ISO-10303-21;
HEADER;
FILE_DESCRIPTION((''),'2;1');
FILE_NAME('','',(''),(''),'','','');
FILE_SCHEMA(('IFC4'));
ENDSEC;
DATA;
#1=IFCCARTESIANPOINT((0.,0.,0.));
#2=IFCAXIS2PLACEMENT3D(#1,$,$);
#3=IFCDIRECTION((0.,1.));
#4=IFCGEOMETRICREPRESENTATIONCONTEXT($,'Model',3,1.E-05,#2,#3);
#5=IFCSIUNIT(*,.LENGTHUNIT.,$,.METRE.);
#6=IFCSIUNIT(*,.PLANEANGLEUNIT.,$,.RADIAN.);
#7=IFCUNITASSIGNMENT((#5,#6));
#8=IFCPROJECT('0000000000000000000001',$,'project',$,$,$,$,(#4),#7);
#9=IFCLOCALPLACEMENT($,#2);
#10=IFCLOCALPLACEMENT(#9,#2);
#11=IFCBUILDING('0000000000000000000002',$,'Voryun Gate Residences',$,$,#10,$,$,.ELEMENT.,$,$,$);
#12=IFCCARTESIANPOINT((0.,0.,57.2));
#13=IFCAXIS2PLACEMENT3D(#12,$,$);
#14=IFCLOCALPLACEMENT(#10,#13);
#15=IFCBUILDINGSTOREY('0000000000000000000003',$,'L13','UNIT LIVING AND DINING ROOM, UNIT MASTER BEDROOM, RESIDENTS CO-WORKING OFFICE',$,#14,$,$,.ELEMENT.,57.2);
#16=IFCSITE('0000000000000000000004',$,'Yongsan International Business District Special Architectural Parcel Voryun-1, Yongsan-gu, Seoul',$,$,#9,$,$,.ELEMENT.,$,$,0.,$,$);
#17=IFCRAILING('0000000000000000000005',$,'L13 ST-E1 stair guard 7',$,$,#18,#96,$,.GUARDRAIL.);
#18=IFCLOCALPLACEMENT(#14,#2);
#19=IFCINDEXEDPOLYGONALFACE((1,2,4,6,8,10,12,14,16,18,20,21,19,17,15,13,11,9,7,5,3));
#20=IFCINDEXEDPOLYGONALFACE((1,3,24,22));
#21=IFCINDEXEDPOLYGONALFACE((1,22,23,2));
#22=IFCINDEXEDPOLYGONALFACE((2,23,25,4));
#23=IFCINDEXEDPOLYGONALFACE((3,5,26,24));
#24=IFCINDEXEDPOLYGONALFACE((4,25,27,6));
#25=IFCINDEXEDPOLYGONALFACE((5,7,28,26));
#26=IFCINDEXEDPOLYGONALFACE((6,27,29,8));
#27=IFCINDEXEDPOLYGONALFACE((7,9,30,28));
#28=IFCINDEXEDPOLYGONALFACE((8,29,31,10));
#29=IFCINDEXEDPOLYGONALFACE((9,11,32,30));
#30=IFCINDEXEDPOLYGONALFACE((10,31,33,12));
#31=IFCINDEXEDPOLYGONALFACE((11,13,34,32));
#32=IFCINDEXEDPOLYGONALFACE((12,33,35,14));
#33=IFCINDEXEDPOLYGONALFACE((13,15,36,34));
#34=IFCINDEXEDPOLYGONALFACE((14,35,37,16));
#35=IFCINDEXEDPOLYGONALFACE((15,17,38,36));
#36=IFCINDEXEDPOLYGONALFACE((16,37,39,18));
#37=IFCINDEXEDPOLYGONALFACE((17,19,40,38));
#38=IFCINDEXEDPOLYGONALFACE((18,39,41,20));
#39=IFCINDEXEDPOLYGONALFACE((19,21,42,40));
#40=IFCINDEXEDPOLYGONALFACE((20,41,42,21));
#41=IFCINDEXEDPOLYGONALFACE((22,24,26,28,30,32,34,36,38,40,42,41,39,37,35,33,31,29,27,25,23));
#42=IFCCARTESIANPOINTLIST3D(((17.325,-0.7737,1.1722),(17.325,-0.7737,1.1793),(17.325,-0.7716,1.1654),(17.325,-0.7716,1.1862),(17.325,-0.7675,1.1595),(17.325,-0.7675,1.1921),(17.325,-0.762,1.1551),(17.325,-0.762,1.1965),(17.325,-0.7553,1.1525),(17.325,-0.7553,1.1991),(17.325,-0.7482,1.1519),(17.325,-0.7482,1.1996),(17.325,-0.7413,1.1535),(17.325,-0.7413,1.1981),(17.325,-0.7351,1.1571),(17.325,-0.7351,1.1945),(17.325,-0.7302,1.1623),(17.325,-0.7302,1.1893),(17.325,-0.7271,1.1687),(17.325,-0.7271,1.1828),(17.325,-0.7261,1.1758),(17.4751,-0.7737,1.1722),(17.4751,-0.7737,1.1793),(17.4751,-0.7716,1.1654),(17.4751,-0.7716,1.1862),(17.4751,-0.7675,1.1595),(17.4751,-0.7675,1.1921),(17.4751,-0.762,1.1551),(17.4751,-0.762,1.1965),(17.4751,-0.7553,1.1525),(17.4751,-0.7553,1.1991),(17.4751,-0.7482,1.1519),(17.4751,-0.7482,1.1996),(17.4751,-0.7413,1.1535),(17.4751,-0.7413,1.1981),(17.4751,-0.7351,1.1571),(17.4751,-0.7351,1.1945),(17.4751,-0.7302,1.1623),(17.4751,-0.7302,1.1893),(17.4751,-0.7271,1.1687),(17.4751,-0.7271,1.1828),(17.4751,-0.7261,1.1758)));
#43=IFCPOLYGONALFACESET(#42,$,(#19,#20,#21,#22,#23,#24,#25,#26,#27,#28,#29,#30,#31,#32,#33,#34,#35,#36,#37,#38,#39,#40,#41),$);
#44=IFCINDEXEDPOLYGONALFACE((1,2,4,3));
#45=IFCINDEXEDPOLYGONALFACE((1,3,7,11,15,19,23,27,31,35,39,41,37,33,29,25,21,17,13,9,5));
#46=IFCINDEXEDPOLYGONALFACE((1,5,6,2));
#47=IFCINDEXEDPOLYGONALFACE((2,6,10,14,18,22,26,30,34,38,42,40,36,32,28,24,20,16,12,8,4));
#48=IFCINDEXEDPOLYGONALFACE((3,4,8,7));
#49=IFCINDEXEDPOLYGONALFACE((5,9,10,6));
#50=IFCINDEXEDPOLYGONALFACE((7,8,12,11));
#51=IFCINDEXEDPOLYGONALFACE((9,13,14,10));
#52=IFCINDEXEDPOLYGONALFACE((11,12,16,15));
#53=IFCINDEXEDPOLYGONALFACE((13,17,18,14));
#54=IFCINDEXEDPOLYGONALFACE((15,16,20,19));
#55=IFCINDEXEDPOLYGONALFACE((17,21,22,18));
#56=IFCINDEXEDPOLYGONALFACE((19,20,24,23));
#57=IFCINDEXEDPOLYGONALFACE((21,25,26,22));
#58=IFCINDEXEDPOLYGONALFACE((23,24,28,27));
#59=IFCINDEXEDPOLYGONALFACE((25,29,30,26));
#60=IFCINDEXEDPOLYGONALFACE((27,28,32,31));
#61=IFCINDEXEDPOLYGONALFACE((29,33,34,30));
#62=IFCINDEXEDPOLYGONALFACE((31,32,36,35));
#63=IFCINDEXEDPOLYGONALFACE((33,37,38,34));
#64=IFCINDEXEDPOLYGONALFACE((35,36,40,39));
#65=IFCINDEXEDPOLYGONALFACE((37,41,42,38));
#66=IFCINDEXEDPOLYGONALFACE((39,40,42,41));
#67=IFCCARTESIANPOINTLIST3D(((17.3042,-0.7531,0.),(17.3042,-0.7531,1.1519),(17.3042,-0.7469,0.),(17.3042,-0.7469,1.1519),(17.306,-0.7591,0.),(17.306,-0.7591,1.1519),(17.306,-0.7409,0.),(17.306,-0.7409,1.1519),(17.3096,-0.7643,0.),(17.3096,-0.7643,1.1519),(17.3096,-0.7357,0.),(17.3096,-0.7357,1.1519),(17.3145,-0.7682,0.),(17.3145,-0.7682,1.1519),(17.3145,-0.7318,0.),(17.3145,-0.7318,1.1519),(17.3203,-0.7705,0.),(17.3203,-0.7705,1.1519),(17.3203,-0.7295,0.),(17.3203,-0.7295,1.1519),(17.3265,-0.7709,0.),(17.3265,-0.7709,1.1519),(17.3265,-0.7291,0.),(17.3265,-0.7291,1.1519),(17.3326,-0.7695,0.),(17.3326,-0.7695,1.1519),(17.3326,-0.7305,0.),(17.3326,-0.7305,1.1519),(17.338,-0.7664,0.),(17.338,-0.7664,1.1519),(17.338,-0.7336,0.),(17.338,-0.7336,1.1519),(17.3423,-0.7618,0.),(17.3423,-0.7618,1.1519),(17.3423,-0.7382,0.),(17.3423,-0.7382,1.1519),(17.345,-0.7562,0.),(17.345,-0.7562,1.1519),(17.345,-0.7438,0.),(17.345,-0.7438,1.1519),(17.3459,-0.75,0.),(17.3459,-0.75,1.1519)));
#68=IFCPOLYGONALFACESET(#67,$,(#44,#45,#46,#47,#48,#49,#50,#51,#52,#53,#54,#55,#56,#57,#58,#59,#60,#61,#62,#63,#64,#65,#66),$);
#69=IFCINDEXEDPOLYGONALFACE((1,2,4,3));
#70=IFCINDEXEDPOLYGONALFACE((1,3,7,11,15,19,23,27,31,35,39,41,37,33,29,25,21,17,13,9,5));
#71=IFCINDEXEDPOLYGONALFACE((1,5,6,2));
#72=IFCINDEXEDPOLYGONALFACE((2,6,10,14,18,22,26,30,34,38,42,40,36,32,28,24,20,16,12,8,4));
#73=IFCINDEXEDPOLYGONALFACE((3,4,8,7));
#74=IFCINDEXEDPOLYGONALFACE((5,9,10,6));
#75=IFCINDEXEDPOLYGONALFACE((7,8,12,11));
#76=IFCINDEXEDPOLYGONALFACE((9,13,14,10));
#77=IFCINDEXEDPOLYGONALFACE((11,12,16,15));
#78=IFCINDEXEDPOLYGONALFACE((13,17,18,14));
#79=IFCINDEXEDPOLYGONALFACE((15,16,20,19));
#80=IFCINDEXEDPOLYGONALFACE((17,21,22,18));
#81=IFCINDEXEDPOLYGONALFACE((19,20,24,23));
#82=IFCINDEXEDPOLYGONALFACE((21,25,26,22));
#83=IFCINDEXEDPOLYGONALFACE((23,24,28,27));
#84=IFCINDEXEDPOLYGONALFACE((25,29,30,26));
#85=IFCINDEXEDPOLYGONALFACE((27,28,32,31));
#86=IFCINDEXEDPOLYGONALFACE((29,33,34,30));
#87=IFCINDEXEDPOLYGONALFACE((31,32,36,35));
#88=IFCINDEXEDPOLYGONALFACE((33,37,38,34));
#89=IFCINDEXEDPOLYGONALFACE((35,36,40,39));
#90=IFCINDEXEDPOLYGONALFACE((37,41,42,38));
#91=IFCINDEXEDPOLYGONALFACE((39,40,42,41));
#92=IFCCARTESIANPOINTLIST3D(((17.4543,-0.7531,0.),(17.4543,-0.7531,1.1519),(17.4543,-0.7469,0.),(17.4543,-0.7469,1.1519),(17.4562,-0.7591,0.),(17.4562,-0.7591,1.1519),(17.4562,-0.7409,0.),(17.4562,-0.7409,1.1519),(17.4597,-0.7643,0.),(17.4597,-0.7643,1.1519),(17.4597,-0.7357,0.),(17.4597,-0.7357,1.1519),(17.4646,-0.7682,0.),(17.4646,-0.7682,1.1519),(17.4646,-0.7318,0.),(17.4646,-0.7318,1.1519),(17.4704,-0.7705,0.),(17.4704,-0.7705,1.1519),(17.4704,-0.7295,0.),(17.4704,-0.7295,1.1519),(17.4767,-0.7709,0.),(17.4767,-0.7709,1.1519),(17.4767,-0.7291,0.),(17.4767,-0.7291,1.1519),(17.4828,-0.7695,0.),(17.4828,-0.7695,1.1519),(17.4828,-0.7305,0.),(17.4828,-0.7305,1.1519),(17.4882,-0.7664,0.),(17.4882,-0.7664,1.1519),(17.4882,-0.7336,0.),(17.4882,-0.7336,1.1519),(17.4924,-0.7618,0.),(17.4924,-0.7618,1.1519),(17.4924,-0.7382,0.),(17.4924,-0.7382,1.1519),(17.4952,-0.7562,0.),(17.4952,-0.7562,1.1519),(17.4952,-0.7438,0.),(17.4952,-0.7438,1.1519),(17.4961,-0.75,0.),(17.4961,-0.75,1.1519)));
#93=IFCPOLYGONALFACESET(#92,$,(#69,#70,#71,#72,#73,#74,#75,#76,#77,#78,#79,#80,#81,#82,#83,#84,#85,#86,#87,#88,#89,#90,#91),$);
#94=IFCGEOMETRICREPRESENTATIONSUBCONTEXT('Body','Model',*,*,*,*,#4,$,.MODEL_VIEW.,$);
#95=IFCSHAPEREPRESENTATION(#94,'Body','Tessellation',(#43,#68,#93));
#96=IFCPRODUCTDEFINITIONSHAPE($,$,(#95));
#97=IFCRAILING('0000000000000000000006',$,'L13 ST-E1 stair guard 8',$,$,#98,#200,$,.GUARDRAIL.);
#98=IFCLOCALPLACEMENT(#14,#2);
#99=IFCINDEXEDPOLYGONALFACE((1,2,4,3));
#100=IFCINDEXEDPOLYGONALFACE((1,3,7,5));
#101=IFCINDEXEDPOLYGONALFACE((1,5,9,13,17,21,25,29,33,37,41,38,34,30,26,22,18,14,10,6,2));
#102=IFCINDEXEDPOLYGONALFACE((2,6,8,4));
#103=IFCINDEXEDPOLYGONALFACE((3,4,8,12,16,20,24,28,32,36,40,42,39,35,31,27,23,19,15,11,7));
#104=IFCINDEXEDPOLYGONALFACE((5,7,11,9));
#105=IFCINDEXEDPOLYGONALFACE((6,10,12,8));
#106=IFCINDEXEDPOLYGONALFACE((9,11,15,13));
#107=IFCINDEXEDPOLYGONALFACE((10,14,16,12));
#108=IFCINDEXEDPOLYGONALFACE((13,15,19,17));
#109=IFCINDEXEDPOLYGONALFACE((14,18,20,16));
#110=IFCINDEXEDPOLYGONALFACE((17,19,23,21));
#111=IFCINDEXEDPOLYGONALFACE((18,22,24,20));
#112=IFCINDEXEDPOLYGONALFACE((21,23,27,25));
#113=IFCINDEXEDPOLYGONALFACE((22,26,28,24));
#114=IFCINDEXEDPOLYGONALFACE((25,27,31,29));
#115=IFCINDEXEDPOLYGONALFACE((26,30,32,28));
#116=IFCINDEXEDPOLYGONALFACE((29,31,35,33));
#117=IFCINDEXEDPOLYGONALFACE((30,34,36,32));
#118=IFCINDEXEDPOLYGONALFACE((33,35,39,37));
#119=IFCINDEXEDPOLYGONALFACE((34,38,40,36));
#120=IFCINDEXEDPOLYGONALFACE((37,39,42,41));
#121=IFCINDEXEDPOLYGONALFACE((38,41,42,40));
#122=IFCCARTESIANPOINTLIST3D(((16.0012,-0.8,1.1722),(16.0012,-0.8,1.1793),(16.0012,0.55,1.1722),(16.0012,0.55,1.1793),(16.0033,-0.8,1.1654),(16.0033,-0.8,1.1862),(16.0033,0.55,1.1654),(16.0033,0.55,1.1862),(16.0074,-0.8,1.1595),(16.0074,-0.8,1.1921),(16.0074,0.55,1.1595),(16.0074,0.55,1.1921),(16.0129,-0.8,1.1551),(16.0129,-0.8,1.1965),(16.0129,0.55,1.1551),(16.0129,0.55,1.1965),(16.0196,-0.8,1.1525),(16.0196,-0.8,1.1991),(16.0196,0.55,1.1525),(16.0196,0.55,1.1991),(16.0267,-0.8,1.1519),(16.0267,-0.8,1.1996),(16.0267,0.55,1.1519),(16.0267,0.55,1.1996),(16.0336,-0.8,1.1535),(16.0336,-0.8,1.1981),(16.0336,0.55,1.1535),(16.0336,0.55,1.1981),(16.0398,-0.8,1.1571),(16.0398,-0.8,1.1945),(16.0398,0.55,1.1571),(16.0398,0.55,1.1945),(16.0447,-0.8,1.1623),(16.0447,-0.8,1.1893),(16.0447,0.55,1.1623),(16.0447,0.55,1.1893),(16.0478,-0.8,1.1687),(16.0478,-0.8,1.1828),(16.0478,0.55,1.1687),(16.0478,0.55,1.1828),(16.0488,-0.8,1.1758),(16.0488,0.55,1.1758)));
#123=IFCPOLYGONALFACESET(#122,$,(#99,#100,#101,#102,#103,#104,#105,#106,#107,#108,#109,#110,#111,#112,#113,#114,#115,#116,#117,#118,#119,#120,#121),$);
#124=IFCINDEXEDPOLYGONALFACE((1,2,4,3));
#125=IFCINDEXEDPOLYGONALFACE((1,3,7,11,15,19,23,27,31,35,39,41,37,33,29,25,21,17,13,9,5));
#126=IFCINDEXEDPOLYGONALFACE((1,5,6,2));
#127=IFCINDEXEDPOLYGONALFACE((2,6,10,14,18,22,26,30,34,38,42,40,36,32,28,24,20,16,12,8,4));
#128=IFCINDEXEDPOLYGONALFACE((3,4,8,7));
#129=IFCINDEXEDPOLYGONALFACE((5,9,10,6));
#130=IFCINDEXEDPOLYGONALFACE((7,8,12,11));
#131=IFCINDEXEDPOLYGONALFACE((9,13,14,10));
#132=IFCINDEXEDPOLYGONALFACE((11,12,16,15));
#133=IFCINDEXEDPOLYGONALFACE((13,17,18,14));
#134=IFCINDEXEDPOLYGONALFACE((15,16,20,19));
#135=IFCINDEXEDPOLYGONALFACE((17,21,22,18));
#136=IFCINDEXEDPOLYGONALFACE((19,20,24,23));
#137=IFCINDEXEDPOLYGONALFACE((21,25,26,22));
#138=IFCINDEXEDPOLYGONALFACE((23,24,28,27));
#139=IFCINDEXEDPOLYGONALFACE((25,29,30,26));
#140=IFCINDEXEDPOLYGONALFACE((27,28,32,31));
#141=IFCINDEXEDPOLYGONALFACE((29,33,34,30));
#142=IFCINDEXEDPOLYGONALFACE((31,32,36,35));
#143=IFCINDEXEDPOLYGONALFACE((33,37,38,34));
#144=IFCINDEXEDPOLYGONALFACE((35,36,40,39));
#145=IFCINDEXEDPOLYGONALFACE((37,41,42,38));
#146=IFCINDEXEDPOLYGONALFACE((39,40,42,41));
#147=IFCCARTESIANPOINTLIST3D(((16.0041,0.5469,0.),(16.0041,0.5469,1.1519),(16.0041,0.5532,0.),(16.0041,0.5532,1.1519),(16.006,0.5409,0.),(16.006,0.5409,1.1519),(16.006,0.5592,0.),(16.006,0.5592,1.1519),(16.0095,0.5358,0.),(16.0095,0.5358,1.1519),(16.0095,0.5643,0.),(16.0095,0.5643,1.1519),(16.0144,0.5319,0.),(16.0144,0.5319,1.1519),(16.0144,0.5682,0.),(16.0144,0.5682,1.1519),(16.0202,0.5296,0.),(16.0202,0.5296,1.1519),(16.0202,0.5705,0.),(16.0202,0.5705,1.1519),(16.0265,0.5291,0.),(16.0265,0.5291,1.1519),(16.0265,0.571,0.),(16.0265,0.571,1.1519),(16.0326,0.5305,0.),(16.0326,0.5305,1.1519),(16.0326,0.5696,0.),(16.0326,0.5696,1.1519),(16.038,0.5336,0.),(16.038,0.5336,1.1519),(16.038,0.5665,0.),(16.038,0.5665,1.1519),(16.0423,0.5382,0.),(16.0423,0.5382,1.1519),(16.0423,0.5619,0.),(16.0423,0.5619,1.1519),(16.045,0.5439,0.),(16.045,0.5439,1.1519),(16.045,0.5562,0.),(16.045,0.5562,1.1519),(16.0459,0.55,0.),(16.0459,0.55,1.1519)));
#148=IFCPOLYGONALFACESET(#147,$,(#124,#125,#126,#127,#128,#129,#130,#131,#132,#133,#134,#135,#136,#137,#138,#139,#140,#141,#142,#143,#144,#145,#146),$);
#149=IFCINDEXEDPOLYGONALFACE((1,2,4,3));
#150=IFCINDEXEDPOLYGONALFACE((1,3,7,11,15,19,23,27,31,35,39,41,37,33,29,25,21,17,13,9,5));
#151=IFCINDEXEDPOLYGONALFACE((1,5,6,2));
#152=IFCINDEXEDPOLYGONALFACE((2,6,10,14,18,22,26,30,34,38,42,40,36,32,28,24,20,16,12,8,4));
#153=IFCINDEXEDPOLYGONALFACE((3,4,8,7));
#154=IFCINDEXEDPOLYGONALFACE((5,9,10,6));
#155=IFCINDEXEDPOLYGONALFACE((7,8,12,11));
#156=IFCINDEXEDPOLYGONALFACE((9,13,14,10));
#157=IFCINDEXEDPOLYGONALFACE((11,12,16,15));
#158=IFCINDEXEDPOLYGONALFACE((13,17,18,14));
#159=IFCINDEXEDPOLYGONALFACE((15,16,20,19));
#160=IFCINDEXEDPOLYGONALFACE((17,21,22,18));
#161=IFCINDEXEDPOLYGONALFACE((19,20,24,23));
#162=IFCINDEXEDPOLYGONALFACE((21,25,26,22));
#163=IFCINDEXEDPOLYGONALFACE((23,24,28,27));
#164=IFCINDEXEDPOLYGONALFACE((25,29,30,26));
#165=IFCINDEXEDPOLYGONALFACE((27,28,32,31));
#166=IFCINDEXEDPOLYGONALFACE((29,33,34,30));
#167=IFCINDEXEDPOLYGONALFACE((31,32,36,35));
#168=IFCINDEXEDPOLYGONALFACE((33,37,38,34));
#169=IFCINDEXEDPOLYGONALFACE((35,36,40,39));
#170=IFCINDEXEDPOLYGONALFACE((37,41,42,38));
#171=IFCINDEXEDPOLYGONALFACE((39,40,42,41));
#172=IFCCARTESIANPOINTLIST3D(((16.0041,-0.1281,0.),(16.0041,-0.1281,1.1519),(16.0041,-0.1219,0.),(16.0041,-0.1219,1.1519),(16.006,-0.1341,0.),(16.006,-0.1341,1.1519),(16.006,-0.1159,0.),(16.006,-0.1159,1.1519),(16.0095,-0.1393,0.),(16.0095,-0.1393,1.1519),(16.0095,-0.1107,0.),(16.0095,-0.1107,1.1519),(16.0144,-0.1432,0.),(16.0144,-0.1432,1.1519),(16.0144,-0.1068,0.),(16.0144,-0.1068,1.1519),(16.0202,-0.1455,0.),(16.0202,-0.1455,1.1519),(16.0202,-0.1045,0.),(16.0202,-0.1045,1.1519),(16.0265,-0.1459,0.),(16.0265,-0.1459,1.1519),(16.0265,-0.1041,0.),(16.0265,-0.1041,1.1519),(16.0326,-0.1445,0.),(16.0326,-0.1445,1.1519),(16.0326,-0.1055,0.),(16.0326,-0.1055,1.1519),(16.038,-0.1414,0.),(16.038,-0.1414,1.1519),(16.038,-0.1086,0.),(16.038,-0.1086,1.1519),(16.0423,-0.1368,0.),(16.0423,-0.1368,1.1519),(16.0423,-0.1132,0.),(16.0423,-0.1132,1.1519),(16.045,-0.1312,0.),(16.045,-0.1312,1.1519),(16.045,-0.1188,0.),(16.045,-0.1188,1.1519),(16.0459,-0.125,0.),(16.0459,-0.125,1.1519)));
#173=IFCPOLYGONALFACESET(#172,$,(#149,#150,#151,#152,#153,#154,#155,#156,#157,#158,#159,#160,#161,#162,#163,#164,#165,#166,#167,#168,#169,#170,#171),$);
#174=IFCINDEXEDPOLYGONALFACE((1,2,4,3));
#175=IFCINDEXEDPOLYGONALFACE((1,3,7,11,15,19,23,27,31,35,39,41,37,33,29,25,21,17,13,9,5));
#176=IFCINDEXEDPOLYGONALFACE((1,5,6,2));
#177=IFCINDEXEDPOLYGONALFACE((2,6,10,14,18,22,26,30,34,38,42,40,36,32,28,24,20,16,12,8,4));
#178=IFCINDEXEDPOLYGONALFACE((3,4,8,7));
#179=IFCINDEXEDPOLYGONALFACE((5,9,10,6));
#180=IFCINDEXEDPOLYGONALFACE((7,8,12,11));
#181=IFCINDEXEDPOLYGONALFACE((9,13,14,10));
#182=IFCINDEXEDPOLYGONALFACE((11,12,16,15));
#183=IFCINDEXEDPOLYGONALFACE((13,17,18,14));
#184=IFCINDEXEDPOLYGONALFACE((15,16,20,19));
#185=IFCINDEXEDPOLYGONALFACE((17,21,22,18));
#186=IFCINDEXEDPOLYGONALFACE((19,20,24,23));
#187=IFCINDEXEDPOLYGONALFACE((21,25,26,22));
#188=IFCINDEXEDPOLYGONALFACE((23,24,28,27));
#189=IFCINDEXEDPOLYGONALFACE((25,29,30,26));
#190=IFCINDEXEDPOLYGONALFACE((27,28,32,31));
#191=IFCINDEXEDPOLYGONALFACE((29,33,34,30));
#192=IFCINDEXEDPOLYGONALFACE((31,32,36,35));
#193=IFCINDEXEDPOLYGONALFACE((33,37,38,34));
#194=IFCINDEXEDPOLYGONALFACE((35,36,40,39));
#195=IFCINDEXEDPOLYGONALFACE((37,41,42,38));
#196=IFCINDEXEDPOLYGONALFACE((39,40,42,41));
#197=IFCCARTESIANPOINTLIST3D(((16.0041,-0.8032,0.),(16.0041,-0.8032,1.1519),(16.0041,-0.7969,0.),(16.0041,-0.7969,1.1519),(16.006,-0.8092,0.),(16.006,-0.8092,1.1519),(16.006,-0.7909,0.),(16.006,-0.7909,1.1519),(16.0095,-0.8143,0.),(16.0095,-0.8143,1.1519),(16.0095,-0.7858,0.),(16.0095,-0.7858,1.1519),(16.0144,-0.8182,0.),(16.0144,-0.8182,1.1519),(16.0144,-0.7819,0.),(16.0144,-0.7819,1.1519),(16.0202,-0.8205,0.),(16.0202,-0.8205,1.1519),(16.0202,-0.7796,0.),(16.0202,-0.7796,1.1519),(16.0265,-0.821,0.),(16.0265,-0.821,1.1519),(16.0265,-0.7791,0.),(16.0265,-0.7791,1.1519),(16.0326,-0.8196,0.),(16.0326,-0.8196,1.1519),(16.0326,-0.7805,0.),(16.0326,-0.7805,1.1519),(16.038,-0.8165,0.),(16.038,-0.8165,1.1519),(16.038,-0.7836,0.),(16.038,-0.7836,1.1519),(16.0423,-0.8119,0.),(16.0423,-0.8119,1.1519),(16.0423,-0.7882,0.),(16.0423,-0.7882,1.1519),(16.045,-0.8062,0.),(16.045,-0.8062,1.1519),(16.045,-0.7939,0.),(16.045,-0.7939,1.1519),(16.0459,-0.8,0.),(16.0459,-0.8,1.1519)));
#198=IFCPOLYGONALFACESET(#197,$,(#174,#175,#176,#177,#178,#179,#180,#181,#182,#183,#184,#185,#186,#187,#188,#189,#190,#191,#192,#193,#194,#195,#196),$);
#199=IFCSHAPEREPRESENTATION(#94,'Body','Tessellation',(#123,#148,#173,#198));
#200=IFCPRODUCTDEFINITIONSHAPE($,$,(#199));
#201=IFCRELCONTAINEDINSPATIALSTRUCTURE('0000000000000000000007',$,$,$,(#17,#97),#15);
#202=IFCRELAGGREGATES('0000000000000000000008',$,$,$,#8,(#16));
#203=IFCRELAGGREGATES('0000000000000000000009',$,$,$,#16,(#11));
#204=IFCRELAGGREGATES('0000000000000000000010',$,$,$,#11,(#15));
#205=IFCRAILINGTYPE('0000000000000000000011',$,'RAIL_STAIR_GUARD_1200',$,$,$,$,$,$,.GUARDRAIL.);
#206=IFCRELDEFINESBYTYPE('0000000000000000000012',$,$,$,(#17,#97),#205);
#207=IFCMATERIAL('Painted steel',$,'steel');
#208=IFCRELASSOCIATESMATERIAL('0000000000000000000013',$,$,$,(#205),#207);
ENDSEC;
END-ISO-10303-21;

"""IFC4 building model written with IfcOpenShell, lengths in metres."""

from ifc_helpers import new_model, si_unit, direction, frame, origin, origin_2d, place, context, subcontext, project, spatial, circle, extrude, material, type_object, element, save


model = new_model("IFC4")

# Units and contexts
model_context = context("Model", 3, precision=1e-05, world=origin(), true_north=direction((0.0, 1.0)))
body_context = subcontext(model_context, "Body", "Model", "MODEL_VIEW")
ifc_project = project(units=[si_unit("LENGTHUNIT", "METRE"), si_unit("PLANEANGLEUNIT", "RADIAN")], contexts=[model_context])

# Site, building, storey
site_placement = place(None, origin())
site = spatial("IfcSite", under=ifc_project, at=site_placement, Name="Yongsan International Business District Special Architectural Parcel Voryun-1, Yongsan-gu, Seoul", CompositionType="ELEMENT", RefElevation=0.0)
building_placement = place(site_placement, origin())
building = spatial("IfcBuilding", under=site, at=building_placement, Name="Voryun Gate Residences", CompositionType="ELEMENT")
storey_placement = place(building_placement, frame((0.0, 0.0, 57.2)))
storey = spatial("IfcBuildingStorey", under=building, at=storey_placement, Name="L13", Description="UNIT LIVING AND DINING ROOM, UNIT MASTER BEDROOM, RESIDENTS CO-WORKING OFFICE", CompositionType="ELEMENT", Elevation=57.2)

# Railings
ifc_material_1 = material(Name="Painted steel", Category="steel")
railing_type = type_object("IfcRailingType", Name="RAIL_STAIR_GUARD_1200", PredefinedType="GUARDRAIL", material=ifc_material_1)
railing_1_placement = place(storey_placement, frame((17.325, -0.75, 0.0)))
element("IfcRailing", 1, at=railing_1_placement, inside=storey, type_object=railing_type, Name="L13 ST-E1 stair guard 7", PredefinedType="GUARDRAIL", context=body_context, shape_type="SweptSolid", body=[
    extrude(circle(Radius=0.0239, at=origin_2d()), frame((0.0, 0.0, 1.1758), z_axis=(1.0, 0.0, 0.0), x_axis=(0.0, 1.0, 0.0)), (0.0, 0.0, 1.0), 0.1501),
    extrude(circle(Radius=0.021, at=origin_2d()), origin(), (0.0, 0.0, 1.0), 1.1519),
    extrude(circle(Radius=0.021, at=origin_2d()), frame((0.1501, 0.0, 0.0)), (0.0, 0.0, 1.0), 1.1519),
])
for number, where, name in (
    (2, (16.0249, 0.55, 0.0), "L13 ST-E1 stair guard 8"),
):
    element("IfcRailing", number, at=place(storey_placement, frame(where)), inside=storey, type_object=railing_type, Name=name, PredefinedType="GUARDRAIL", context=body_context, shape_type="SweptSolid", body=[
        extrude(circle(Radius=0.0239, at=origin_2d()), frame((0.0, 0.0, 1.1758), z_axis=(0.0, -1.0, 0.0), x_axis=(1.0, 0.0, 0.0)), (0.0, 0.0, 1.0), 1.3501),
        extrude(circle(Radius=0.021, at=origin_2d()), origin(), (0.0, 0.0, 1.0), 1.1519),
        extrude(circle(Radius=0.021, at=origin_2d()), frame((0.0, -0.675, 0.0)), (0.0, 0.0, 1.0), 1.1519),
        extrude(circle(Radius=0.021, at=origin_2d()), frame((0.0, -1.3501, 0.0)), (0.0, 0.0, 1.0), 1.1519),
    ])

save(model, "model.ifc")
